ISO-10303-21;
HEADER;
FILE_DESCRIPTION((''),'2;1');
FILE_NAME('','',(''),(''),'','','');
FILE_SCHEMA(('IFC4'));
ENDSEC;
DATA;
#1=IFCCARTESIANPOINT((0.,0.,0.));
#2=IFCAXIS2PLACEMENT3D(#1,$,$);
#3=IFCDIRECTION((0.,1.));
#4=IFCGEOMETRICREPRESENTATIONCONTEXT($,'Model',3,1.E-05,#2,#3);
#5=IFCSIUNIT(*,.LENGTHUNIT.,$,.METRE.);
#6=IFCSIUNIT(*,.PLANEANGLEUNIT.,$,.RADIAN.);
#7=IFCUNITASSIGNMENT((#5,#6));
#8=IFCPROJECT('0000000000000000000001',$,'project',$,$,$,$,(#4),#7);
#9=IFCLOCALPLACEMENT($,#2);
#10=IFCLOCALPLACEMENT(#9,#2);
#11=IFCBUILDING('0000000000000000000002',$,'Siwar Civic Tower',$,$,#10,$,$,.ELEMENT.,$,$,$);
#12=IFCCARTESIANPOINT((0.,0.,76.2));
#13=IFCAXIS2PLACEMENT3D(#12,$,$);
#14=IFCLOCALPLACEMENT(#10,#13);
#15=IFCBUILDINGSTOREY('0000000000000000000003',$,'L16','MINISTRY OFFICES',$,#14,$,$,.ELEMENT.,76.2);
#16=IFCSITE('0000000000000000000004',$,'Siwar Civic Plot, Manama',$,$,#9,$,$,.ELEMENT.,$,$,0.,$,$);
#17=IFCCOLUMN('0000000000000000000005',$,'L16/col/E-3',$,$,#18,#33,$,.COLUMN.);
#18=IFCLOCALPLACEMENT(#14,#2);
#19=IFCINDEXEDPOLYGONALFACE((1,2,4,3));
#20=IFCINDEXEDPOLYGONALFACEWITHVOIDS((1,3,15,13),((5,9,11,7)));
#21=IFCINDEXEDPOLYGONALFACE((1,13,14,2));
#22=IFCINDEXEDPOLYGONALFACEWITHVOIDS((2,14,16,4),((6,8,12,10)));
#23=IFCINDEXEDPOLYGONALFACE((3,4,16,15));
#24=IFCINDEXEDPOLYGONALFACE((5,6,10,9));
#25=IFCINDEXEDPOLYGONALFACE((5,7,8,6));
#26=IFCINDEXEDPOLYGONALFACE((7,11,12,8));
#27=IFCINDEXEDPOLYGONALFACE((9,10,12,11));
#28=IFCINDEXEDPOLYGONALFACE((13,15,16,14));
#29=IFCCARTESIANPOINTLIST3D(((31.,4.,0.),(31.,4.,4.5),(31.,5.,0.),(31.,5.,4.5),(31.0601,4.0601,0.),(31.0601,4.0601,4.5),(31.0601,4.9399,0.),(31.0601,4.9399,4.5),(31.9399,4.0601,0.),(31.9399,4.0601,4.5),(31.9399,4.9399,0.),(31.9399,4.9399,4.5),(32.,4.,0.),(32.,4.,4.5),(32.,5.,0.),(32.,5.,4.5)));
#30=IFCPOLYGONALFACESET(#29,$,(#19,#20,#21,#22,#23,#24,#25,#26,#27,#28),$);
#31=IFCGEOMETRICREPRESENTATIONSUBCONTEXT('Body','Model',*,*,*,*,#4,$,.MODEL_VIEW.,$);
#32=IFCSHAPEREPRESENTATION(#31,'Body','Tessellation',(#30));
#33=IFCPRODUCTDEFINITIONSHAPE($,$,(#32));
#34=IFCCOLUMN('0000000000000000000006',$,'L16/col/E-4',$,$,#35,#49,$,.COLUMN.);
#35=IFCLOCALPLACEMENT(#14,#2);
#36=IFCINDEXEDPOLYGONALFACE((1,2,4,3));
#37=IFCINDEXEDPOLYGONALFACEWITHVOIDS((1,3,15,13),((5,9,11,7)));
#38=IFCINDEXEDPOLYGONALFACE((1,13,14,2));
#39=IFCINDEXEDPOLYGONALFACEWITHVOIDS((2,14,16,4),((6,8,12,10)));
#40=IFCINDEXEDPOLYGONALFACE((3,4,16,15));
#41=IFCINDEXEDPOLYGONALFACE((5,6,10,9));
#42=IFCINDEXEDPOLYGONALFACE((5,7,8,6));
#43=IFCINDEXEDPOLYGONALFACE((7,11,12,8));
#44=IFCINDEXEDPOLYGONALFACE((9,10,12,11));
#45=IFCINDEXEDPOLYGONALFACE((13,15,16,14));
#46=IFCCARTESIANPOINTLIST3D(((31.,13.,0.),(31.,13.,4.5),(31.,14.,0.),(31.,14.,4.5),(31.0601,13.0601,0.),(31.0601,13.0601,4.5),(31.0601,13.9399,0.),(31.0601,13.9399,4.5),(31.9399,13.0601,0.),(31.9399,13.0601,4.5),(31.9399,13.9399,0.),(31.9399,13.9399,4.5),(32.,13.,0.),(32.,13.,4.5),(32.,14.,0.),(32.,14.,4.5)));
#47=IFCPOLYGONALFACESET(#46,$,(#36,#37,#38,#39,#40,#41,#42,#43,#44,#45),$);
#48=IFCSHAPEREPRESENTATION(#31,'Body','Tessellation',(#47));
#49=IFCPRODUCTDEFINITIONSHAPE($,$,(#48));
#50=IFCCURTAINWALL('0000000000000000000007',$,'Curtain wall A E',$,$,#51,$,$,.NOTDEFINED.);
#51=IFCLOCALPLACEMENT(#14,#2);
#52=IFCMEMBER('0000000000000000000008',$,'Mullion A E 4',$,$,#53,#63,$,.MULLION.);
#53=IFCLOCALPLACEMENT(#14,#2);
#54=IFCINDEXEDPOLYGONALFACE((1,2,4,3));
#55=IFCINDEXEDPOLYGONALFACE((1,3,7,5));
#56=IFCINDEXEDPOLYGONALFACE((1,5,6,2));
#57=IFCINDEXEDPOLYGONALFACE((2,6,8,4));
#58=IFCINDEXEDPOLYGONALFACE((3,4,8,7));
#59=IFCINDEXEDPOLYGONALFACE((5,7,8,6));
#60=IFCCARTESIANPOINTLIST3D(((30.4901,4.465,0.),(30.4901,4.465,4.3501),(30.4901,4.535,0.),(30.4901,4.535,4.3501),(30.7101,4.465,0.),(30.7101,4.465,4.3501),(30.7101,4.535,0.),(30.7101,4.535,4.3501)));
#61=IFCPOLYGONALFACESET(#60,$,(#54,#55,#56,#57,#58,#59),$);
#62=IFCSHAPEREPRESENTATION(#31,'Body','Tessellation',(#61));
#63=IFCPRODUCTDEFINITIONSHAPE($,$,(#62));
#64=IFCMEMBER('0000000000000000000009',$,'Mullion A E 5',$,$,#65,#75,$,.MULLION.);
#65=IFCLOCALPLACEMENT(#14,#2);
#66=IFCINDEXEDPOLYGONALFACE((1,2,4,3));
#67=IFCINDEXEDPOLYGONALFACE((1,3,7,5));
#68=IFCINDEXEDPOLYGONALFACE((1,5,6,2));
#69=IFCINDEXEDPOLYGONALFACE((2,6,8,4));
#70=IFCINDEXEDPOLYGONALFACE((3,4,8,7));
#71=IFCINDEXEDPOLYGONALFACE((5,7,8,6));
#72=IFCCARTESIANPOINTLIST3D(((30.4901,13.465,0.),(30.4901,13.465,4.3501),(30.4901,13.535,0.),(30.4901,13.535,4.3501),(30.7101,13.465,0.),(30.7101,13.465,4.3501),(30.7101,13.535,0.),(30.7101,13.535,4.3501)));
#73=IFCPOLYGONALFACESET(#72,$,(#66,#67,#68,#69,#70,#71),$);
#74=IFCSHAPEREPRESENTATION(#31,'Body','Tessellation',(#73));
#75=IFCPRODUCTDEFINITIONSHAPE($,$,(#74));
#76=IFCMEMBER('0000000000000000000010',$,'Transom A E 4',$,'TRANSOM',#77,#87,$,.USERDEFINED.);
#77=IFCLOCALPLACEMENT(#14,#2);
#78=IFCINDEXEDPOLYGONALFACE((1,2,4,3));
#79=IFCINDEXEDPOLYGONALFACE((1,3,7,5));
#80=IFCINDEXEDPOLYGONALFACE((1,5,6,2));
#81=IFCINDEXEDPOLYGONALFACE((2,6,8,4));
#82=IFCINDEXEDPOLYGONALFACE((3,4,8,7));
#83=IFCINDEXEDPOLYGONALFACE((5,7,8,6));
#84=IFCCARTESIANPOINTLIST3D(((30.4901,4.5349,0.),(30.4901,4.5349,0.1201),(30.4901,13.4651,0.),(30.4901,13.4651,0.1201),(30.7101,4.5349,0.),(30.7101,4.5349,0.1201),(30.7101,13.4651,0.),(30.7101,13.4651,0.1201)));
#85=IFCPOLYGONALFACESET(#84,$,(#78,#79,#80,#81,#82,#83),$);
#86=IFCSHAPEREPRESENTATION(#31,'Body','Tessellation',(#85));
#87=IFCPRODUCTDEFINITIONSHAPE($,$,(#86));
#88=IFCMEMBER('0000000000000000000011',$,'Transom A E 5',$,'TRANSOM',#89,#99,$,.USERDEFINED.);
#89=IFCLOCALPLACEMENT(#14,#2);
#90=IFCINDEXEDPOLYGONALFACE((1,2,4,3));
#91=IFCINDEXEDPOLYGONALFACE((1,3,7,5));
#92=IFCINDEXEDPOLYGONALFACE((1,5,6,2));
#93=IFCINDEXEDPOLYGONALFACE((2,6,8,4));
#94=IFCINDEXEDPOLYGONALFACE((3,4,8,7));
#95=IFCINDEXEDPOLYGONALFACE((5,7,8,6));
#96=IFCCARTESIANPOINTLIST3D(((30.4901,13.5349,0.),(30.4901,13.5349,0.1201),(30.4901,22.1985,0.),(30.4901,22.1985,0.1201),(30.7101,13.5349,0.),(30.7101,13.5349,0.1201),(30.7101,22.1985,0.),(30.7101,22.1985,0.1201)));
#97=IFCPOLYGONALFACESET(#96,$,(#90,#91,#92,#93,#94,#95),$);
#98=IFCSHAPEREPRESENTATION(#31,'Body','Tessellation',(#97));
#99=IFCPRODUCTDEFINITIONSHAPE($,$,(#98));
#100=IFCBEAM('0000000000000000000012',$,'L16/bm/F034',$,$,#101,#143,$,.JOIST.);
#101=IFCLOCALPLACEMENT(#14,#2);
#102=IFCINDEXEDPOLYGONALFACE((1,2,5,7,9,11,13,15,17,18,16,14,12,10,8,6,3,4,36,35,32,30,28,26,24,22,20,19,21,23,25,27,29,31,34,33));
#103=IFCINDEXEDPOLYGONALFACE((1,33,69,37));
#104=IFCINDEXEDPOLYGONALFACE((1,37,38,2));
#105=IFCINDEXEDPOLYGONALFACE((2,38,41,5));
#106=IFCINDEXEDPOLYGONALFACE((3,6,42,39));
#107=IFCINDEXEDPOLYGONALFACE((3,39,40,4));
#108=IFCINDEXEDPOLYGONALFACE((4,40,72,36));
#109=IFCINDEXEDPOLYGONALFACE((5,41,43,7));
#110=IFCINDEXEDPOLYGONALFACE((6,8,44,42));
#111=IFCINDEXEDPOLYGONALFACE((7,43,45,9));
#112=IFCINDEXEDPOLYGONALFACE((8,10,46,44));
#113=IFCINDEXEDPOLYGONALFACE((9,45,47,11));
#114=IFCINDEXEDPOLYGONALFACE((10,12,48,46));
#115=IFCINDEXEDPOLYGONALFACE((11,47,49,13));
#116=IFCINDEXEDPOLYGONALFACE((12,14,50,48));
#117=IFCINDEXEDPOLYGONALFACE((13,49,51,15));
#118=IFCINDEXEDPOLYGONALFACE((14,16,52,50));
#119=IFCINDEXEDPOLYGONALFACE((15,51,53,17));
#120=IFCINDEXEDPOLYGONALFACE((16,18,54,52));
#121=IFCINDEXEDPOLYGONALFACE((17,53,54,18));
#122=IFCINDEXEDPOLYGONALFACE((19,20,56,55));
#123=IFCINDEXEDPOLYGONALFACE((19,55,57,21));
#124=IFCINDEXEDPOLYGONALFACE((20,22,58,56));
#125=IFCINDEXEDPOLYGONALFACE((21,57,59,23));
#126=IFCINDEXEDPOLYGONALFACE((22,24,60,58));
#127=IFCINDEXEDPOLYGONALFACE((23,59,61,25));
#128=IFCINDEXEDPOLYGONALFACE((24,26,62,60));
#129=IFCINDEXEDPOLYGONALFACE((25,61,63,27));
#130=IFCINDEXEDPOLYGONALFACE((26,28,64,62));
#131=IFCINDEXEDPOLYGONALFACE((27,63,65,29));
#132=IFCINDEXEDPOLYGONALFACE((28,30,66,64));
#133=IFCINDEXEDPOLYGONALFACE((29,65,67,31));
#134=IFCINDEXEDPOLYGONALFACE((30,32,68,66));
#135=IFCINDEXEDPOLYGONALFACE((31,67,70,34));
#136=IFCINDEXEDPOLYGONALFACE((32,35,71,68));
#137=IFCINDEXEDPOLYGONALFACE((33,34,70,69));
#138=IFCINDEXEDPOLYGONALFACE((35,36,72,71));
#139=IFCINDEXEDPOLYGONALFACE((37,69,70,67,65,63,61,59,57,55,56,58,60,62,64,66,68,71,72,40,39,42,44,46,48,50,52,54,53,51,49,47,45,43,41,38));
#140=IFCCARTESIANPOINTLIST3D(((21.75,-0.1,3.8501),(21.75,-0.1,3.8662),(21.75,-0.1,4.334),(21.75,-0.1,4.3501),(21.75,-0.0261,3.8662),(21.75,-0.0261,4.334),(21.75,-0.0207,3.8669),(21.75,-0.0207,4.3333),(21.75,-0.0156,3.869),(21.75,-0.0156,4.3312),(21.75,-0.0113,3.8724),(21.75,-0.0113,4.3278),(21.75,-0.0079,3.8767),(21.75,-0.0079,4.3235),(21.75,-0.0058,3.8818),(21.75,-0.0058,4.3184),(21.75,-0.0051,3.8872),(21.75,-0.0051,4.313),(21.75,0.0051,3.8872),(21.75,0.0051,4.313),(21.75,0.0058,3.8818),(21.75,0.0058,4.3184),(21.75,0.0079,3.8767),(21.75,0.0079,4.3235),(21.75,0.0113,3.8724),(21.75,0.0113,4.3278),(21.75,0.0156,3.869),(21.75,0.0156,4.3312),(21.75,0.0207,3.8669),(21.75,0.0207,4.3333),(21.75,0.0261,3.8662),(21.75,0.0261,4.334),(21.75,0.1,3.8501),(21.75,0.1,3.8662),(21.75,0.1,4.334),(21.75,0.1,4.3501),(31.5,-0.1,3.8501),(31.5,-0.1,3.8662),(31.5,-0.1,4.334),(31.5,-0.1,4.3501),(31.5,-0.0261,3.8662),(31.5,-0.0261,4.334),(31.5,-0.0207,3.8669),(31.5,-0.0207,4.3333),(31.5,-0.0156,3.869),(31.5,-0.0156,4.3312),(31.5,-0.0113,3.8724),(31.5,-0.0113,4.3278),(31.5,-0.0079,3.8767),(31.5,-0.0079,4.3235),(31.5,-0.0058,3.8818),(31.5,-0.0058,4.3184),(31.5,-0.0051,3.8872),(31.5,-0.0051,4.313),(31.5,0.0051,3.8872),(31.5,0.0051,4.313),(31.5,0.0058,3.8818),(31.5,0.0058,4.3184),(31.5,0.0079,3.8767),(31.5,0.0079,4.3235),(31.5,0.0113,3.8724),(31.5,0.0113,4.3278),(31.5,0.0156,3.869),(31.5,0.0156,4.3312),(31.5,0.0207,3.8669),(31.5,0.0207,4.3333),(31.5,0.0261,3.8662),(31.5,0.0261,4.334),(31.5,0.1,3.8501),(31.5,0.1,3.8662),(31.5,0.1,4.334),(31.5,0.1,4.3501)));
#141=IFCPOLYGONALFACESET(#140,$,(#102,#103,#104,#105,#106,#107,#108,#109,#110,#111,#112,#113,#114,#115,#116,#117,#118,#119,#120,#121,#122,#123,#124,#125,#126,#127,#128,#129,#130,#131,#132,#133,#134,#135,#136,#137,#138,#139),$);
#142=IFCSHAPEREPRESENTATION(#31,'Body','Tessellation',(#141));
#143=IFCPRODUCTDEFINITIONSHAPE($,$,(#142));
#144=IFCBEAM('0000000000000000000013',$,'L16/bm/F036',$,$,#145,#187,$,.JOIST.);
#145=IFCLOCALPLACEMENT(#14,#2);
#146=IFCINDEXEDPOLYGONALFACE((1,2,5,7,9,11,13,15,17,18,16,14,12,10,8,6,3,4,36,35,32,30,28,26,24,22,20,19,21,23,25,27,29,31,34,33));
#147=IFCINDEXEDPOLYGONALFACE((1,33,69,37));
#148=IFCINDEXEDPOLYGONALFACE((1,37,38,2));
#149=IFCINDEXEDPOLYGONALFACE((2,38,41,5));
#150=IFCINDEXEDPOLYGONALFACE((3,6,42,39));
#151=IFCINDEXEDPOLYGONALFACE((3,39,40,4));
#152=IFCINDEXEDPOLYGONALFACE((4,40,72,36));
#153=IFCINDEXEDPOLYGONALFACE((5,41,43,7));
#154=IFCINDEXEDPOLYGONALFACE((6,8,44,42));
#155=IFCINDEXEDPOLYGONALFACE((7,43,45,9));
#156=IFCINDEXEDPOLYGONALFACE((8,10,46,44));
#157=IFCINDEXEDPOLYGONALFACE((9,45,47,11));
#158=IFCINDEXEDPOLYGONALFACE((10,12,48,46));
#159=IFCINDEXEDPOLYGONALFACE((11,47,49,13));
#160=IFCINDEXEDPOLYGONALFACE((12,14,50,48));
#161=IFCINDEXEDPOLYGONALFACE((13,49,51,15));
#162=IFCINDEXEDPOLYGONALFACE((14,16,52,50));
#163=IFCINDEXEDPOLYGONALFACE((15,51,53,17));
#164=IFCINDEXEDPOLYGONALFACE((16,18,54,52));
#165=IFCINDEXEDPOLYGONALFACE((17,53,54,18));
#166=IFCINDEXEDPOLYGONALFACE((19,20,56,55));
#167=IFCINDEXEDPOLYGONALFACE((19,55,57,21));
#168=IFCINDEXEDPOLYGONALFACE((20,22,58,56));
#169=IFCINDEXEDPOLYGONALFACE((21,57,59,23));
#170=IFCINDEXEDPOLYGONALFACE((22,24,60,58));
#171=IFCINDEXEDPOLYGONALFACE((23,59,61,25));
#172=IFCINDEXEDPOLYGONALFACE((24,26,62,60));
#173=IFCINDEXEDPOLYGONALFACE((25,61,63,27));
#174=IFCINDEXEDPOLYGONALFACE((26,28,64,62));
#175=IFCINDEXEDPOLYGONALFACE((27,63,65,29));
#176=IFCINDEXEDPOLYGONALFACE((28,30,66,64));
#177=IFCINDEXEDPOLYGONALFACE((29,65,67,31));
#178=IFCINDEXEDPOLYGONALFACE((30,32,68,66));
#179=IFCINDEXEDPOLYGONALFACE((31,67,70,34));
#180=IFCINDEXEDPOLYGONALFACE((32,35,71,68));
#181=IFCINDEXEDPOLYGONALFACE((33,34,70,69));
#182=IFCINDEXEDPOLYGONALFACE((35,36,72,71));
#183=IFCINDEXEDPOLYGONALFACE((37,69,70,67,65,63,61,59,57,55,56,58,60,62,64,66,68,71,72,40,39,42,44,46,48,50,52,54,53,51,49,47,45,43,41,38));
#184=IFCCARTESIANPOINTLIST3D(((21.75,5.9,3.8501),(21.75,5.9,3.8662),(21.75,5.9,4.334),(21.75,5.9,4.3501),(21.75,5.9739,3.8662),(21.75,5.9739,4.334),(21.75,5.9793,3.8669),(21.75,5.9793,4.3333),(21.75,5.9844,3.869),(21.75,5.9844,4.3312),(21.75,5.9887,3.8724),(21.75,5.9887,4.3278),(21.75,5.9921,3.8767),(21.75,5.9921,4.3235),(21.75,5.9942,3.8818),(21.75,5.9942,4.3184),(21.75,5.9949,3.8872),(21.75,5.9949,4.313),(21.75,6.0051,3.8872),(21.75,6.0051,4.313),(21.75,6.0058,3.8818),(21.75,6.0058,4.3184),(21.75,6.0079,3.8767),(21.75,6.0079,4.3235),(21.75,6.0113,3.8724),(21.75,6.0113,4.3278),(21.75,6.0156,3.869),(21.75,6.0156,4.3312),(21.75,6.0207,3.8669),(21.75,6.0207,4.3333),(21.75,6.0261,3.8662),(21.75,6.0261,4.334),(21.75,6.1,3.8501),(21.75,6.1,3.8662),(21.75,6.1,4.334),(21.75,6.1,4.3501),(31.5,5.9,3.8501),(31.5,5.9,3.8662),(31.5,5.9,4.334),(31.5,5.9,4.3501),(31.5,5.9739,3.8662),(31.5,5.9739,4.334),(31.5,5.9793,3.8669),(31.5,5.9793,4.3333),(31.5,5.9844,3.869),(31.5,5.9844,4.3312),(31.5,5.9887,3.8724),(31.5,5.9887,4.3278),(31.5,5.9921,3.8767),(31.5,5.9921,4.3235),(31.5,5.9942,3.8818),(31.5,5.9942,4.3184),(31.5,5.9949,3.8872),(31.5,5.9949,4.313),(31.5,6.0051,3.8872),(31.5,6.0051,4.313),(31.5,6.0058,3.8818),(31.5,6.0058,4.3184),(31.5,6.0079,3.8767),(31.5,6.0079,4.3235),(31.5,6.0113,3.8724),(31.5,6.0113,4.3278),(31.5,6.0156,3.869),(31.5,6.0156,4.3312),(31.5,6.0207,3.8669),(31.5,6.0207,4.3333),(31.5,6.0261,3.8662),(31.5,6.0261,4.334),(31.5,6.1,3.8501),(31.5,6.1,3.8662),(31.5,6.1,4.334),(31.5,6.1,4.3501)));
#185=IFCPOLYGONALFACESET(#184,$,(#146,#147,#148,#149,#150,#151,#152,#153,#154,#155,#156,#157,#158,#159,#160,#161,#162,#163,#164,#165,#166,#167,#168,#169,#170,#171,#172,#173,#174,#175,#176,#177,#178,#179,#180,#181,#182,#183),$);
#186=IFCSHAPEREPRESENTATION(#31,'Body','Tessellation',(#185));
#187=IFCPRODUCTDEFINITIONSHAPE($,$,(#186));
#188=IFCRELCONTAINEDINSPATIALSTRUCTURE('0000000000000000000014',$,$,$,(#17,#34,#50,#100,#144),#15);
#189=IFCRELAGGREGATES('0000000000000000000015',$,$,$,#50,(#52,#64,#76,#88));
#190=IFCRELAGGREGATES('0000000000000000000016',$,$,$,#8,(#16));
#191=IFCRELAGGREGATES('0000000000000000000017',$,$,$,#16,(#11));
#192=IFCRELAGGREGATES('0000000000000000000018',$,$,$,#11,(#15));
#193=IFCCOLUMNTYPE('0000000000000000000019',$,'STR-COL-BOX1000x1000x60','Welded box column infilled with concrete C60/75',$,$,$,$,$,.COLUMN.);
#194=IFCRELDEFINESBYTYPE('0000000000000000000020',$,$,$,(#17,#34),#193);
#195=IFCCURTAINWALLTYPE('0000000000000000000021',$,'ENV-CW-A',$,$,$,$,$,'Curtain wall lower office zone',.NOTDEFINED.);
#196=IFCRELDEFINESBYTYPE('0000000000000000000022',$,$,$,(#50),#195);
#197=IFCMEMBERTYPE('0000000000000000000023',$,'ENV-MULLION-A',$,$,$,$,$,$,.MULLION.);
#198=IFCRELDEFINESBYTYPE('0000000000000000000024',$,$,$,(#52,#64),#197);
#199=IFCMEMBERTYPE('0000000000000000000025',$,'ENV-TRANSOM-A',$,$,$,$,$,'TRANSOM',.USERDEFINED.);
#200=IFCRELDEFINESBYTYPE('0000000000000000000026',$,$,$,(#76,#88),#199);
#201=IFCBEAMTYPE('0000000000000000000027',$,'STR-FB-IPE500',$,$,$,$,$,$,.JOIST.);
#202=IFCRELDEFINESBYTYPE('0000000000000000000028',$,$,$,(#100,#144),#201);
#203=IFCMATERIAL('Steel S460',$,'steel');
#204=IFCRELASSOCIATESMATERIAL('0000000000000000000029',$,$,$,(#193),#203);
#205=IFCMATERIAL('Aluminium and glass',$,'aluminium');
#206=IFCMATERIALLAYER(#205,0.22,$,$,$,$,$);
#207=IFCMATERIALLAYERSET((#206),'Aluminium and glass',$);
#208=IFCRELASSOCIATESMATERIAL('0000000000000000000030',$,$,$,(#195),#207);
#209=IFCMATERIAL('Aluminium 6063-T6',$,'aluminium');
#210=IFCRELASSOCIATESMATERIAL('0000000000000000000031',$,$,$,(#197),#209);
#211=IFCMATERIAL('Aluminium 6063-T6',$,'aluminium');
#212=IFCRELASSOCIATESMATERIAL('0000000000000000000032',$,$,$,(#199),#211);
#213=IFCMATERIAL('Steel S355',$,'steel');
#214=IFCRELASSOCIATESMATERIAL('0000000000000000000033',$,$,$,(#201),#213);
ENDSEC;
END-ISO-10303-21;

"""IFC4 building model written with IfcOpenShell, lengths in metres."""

from ifc_helpers import new_model, si_unit, direction, frame, origin, origin_2d, place, context, subcontext, project, spatial, rectangle, hollow_rectangle, i_section, extrude, material, layer, layer_set, material_profile, profile_set, type_object, element, aggregate, save


model = new_model("IFC4")

# Units and contexts
model_context = context("Model", 3, precision=1e-05, world=origin(), true_north=direction((0.0, 1.0)))
body_context = subcontext(model_context, "Body", "Model", "MODEL_VIEW")
ifc_project = project(units=[si_unit("LENGTHUNIT", "METRE"), si_unit("PLANEANGLEUNIT", "RADIAN")], contexts=[model_context])

# Site, building, storey
site_placement = place(None, origin())
site = spatial("IfcSite", under=ifc_project, at=site_placement, Name="Siwar Civic Plot, Manama", CompositionType="ELEMENT", RefElevation=0.0)
building_placement = place(site_placement, origin())
building = spatial("IfcBuilding", under=site, at=building_placement, Name="Siwar Civic Tower", CompositionType="ELEMENT")
storey_placement = place(building_placement, frame((0.0, 0.0, 76.2)))
storey = spatial("IfcBuildingStorey", under=building, at=storey_placement, Name="L16", Description="MINISTRY OFFICES", CompositionType="ELEMENT", Elevation=76.2)

# Columns
ifc_material_1 = material(Name="Steel S460", Category="steel")
ifc_material_profile_1 = material_profile(ifc_material_1, hollow_rectangle(XDim=1.0, YDim=1.0, WallThickness=0.0601, at=origin_2d()), Name="BOX1000x1000x60")
ifc_profile_set_1 = profile_set([ifc_material_profile_1], Name="Steel S460")
column_type = type_object("IfcColumnType", Name="STR-COL-BOX1000x1000x60", Description="Welded box column infilled with concrete C60/75", PredefinedType="COLUMN", material=ifc_profile_set_1)
for number, where, z_axis, x_axis, name in (
    (1, (31.5, 4.5, 0.0), (0.0, 0.0, 1.0), (1.0, 0.0, 0.0), "L16/col/E-3"),
    (2, (31.5, 13.5, 0.0), (0.0, 0.0, 1.0), (1.0, 0.0, 0.0), "L16/col/E-4"),
):
    element("IfcColumn", number, at=place(storey_placement, frame(where, z_axis=z_axis, x_axis=x_axis)), inside=storey, type_object=column_type, Name=name, PredefinedType="COLUMN", context=body_context, shape_type="SweptSolid", body=[
        extrude(hollow_rectangle(XDim=1.0, YDim=1.0, WallThickness=0.0601, at=origin_2d()), origin(), (0.0, 0.0, 1.0), 4.5),
    ])

# Curtain wall, members
ifc_material_2 = material(Name="Aluminium and glass", Category="aluminium")
ifc_layer_1 = layer(ifc_material_2, 0.22)
ifc_layer_set_1 = layer_set([ifc_layer_1], Name="Aluminium and glass")
curtain_wall_type = type_object("IfcCurtainWallType", Name="ENV-CW-A", ElementType="Curtain wall lower office zone", PredefinedType="NOTDEFINED", material=ifc_layer_set_1)
curtain_wall_placement = place(storey_placement, origin())
curtain_wall = element("IfcCurtainWall", 3, at=curtain_wall_placement, inside=storey, type_object=curtain_wall_type, Name="Curtain wall A E", PredefinedType="NOTDEFINED")
ifc_material_3 = material(Name="Aluminium 6063-T6", Category="aluminium")
ifc_material_profile_2 = material_profile(ifc_material_3, rectangle(XDim=0.22, YDim=0.0701, at=origin_2d()), Name="AL 220x70")
ifc_profile_set_2 = profile_set([ifc_material_profile_2], Name="Aluminium 6063-T6")
member_type_1 = type_object("IfcMemberType", Name="ENV-MULLION-A", PredefinedType="MULLION", material=ifc_profile_set_2)
member_1_placement = place(storey_placement, frame((30.6001, 4.5, 0.0), z_axis=(0.0, 0.0, 1.0), x_axis=(-1.0, 0.0, 0.0)))
member_1 = element("IfcMember", 4, at=member_1_placement, type_object=member_type_1, Name="Mullion A E 4", PredefinedType="MULLION", context=body_context, shape_type="SweptSolid", body=[
    extrude(rectangle(XDim=0.22, YDim=0.0701, at=origin_2d()), origin(), (0.0, 0.0, 1.0), 4.3501),
])
member_2_placement = place(storey_placement, frame((30.6001, 13.5, 0.0), z_axis=(0.0, 0.0, 1.0), x_axis=(-1.0, 0.0, 0.0)))
member_2 = element("IfcMember", 5, at=member_2_placement, type_object=member_type_1, Name="Mullion A E 5", PredefinedType="MULLION", context=body_context, shape_type="SweptSolid", body=[
    extrude(rectangle(XDim=0.22, YDim=0.0701, at=origin_2d()), origin(), (0.0, 0.0, 1.0), 4.3501),
])
ifc_material_4 = material(Name="Aluminium 6063-T6", Category="aluminium")
ifc_material_profile_3 = material_profile(ifc_material_4, rectangle(XDim=0.22, YDim=0.1201, at=origin_2d()), Name="AL 220x120")
ifc_profile_set_3 = profile_set([ifc_material_profile_3], Name="Aluminium 6063-T6")
member_type_2 = type_object("IfcMemberType", Name="ENV-TRANSOM-A", ElementType="TRANSOM", PredefinedType="USERDEFINED", material=ifc_profile_set_3)
member_3_placement = place(storey_placement, frame((30.6001, 4.5349, 0.0601), z_axis=(0.0, 1.0, 0.0), x_axis=(-1.0, 0.0, 0.0)))
member_3 = element("IfcMember", 6, at=member_3_placement, type_object=member_type_2, Name="Transom A E 4", ObjectType="TRANSOM", PredefinedType="USERDEFINED", context=body_context, shape_type="SweptSolid", body=[
    extrude(rectangle(XDim=0.22, YDim=0.1201, at=origin_2d()), origin(), (0.0, 0.0, 1.0), 8.9302),
])
member_4_placement = place(storey_placement, frame((30.6001, 13.5349, 0.0601), z_axis=(0.0, 1.0, 0.0), x_axis=(-1.0, 0.0, 0.0)))
member_4 = element("IfcMember", 7, at=member_4_placement, type_object=member_type_2, Name="Transom A E 5", ObjectType="TRANSOM", PredefinedType="USERDEFINED", context=body_context, shape_type="SweptSolid", body=[
    extrude(rectangle(XDim=0.22, YDim=0.1201, at=origin_2d()), origin(), (0.0, 0.0, 1.0), 8.6636),
])

# Beams
ifc_material_5 = material(Name="Steel S355", Category="steel")
ifc_material_profile_4 = material_profile(ifc_material_5, i_section(OverallWidth=0.2, OverallDepth=0.5, WebThickness=0.0103, FlangeThickness=0.0161, FilletRadius=0.021, at=origin_2d()), Name="IPE500")
ifc_profile_set_4 = profile_set([ifc_material_profile_4], Name="Steel S355")
beam_type_1 = type_object("IfcBeamType", Name="STR-FB-IPE500", PredefinedType="JOIST", material=ifc_profile_set_4)
for number, where, z_axis, x_axis, name in (
    (8, (21.75, 0.0, 4.1001), (1.0, 0.0, 0.0), (0.0, 1.0, 0.0), "L16/bm/F034"),
    (9, (21.75, 6.0, 4.1001), (1.0, 0.0, 0.0), (0.0, 1.0, 0.0), "L16/bm/F036"),
):
    element("IfcBeam", number, at=place(storey_placement, frame(where, z_axis=z_axis, x_axis=x_axis)), inside=storey, type_object=beam_type_1, Name=name, PredefinedType="JOIST", context=body_context, shape_type="SweptSolid", body=[
        extrude(i_section(OverallWidth=0.2, OverallDepth=0.5, WebThickness=0.0103, FlangeThickness=0.0161, FilletRadius=0.021, at=origin_2d()), origin(), (0.0, 0.0, 1.0), 9.75),
    ])

aggregate(curtain_wall, [member_1, member_2, member_3, member_4])

save(model, "model.ifc")
